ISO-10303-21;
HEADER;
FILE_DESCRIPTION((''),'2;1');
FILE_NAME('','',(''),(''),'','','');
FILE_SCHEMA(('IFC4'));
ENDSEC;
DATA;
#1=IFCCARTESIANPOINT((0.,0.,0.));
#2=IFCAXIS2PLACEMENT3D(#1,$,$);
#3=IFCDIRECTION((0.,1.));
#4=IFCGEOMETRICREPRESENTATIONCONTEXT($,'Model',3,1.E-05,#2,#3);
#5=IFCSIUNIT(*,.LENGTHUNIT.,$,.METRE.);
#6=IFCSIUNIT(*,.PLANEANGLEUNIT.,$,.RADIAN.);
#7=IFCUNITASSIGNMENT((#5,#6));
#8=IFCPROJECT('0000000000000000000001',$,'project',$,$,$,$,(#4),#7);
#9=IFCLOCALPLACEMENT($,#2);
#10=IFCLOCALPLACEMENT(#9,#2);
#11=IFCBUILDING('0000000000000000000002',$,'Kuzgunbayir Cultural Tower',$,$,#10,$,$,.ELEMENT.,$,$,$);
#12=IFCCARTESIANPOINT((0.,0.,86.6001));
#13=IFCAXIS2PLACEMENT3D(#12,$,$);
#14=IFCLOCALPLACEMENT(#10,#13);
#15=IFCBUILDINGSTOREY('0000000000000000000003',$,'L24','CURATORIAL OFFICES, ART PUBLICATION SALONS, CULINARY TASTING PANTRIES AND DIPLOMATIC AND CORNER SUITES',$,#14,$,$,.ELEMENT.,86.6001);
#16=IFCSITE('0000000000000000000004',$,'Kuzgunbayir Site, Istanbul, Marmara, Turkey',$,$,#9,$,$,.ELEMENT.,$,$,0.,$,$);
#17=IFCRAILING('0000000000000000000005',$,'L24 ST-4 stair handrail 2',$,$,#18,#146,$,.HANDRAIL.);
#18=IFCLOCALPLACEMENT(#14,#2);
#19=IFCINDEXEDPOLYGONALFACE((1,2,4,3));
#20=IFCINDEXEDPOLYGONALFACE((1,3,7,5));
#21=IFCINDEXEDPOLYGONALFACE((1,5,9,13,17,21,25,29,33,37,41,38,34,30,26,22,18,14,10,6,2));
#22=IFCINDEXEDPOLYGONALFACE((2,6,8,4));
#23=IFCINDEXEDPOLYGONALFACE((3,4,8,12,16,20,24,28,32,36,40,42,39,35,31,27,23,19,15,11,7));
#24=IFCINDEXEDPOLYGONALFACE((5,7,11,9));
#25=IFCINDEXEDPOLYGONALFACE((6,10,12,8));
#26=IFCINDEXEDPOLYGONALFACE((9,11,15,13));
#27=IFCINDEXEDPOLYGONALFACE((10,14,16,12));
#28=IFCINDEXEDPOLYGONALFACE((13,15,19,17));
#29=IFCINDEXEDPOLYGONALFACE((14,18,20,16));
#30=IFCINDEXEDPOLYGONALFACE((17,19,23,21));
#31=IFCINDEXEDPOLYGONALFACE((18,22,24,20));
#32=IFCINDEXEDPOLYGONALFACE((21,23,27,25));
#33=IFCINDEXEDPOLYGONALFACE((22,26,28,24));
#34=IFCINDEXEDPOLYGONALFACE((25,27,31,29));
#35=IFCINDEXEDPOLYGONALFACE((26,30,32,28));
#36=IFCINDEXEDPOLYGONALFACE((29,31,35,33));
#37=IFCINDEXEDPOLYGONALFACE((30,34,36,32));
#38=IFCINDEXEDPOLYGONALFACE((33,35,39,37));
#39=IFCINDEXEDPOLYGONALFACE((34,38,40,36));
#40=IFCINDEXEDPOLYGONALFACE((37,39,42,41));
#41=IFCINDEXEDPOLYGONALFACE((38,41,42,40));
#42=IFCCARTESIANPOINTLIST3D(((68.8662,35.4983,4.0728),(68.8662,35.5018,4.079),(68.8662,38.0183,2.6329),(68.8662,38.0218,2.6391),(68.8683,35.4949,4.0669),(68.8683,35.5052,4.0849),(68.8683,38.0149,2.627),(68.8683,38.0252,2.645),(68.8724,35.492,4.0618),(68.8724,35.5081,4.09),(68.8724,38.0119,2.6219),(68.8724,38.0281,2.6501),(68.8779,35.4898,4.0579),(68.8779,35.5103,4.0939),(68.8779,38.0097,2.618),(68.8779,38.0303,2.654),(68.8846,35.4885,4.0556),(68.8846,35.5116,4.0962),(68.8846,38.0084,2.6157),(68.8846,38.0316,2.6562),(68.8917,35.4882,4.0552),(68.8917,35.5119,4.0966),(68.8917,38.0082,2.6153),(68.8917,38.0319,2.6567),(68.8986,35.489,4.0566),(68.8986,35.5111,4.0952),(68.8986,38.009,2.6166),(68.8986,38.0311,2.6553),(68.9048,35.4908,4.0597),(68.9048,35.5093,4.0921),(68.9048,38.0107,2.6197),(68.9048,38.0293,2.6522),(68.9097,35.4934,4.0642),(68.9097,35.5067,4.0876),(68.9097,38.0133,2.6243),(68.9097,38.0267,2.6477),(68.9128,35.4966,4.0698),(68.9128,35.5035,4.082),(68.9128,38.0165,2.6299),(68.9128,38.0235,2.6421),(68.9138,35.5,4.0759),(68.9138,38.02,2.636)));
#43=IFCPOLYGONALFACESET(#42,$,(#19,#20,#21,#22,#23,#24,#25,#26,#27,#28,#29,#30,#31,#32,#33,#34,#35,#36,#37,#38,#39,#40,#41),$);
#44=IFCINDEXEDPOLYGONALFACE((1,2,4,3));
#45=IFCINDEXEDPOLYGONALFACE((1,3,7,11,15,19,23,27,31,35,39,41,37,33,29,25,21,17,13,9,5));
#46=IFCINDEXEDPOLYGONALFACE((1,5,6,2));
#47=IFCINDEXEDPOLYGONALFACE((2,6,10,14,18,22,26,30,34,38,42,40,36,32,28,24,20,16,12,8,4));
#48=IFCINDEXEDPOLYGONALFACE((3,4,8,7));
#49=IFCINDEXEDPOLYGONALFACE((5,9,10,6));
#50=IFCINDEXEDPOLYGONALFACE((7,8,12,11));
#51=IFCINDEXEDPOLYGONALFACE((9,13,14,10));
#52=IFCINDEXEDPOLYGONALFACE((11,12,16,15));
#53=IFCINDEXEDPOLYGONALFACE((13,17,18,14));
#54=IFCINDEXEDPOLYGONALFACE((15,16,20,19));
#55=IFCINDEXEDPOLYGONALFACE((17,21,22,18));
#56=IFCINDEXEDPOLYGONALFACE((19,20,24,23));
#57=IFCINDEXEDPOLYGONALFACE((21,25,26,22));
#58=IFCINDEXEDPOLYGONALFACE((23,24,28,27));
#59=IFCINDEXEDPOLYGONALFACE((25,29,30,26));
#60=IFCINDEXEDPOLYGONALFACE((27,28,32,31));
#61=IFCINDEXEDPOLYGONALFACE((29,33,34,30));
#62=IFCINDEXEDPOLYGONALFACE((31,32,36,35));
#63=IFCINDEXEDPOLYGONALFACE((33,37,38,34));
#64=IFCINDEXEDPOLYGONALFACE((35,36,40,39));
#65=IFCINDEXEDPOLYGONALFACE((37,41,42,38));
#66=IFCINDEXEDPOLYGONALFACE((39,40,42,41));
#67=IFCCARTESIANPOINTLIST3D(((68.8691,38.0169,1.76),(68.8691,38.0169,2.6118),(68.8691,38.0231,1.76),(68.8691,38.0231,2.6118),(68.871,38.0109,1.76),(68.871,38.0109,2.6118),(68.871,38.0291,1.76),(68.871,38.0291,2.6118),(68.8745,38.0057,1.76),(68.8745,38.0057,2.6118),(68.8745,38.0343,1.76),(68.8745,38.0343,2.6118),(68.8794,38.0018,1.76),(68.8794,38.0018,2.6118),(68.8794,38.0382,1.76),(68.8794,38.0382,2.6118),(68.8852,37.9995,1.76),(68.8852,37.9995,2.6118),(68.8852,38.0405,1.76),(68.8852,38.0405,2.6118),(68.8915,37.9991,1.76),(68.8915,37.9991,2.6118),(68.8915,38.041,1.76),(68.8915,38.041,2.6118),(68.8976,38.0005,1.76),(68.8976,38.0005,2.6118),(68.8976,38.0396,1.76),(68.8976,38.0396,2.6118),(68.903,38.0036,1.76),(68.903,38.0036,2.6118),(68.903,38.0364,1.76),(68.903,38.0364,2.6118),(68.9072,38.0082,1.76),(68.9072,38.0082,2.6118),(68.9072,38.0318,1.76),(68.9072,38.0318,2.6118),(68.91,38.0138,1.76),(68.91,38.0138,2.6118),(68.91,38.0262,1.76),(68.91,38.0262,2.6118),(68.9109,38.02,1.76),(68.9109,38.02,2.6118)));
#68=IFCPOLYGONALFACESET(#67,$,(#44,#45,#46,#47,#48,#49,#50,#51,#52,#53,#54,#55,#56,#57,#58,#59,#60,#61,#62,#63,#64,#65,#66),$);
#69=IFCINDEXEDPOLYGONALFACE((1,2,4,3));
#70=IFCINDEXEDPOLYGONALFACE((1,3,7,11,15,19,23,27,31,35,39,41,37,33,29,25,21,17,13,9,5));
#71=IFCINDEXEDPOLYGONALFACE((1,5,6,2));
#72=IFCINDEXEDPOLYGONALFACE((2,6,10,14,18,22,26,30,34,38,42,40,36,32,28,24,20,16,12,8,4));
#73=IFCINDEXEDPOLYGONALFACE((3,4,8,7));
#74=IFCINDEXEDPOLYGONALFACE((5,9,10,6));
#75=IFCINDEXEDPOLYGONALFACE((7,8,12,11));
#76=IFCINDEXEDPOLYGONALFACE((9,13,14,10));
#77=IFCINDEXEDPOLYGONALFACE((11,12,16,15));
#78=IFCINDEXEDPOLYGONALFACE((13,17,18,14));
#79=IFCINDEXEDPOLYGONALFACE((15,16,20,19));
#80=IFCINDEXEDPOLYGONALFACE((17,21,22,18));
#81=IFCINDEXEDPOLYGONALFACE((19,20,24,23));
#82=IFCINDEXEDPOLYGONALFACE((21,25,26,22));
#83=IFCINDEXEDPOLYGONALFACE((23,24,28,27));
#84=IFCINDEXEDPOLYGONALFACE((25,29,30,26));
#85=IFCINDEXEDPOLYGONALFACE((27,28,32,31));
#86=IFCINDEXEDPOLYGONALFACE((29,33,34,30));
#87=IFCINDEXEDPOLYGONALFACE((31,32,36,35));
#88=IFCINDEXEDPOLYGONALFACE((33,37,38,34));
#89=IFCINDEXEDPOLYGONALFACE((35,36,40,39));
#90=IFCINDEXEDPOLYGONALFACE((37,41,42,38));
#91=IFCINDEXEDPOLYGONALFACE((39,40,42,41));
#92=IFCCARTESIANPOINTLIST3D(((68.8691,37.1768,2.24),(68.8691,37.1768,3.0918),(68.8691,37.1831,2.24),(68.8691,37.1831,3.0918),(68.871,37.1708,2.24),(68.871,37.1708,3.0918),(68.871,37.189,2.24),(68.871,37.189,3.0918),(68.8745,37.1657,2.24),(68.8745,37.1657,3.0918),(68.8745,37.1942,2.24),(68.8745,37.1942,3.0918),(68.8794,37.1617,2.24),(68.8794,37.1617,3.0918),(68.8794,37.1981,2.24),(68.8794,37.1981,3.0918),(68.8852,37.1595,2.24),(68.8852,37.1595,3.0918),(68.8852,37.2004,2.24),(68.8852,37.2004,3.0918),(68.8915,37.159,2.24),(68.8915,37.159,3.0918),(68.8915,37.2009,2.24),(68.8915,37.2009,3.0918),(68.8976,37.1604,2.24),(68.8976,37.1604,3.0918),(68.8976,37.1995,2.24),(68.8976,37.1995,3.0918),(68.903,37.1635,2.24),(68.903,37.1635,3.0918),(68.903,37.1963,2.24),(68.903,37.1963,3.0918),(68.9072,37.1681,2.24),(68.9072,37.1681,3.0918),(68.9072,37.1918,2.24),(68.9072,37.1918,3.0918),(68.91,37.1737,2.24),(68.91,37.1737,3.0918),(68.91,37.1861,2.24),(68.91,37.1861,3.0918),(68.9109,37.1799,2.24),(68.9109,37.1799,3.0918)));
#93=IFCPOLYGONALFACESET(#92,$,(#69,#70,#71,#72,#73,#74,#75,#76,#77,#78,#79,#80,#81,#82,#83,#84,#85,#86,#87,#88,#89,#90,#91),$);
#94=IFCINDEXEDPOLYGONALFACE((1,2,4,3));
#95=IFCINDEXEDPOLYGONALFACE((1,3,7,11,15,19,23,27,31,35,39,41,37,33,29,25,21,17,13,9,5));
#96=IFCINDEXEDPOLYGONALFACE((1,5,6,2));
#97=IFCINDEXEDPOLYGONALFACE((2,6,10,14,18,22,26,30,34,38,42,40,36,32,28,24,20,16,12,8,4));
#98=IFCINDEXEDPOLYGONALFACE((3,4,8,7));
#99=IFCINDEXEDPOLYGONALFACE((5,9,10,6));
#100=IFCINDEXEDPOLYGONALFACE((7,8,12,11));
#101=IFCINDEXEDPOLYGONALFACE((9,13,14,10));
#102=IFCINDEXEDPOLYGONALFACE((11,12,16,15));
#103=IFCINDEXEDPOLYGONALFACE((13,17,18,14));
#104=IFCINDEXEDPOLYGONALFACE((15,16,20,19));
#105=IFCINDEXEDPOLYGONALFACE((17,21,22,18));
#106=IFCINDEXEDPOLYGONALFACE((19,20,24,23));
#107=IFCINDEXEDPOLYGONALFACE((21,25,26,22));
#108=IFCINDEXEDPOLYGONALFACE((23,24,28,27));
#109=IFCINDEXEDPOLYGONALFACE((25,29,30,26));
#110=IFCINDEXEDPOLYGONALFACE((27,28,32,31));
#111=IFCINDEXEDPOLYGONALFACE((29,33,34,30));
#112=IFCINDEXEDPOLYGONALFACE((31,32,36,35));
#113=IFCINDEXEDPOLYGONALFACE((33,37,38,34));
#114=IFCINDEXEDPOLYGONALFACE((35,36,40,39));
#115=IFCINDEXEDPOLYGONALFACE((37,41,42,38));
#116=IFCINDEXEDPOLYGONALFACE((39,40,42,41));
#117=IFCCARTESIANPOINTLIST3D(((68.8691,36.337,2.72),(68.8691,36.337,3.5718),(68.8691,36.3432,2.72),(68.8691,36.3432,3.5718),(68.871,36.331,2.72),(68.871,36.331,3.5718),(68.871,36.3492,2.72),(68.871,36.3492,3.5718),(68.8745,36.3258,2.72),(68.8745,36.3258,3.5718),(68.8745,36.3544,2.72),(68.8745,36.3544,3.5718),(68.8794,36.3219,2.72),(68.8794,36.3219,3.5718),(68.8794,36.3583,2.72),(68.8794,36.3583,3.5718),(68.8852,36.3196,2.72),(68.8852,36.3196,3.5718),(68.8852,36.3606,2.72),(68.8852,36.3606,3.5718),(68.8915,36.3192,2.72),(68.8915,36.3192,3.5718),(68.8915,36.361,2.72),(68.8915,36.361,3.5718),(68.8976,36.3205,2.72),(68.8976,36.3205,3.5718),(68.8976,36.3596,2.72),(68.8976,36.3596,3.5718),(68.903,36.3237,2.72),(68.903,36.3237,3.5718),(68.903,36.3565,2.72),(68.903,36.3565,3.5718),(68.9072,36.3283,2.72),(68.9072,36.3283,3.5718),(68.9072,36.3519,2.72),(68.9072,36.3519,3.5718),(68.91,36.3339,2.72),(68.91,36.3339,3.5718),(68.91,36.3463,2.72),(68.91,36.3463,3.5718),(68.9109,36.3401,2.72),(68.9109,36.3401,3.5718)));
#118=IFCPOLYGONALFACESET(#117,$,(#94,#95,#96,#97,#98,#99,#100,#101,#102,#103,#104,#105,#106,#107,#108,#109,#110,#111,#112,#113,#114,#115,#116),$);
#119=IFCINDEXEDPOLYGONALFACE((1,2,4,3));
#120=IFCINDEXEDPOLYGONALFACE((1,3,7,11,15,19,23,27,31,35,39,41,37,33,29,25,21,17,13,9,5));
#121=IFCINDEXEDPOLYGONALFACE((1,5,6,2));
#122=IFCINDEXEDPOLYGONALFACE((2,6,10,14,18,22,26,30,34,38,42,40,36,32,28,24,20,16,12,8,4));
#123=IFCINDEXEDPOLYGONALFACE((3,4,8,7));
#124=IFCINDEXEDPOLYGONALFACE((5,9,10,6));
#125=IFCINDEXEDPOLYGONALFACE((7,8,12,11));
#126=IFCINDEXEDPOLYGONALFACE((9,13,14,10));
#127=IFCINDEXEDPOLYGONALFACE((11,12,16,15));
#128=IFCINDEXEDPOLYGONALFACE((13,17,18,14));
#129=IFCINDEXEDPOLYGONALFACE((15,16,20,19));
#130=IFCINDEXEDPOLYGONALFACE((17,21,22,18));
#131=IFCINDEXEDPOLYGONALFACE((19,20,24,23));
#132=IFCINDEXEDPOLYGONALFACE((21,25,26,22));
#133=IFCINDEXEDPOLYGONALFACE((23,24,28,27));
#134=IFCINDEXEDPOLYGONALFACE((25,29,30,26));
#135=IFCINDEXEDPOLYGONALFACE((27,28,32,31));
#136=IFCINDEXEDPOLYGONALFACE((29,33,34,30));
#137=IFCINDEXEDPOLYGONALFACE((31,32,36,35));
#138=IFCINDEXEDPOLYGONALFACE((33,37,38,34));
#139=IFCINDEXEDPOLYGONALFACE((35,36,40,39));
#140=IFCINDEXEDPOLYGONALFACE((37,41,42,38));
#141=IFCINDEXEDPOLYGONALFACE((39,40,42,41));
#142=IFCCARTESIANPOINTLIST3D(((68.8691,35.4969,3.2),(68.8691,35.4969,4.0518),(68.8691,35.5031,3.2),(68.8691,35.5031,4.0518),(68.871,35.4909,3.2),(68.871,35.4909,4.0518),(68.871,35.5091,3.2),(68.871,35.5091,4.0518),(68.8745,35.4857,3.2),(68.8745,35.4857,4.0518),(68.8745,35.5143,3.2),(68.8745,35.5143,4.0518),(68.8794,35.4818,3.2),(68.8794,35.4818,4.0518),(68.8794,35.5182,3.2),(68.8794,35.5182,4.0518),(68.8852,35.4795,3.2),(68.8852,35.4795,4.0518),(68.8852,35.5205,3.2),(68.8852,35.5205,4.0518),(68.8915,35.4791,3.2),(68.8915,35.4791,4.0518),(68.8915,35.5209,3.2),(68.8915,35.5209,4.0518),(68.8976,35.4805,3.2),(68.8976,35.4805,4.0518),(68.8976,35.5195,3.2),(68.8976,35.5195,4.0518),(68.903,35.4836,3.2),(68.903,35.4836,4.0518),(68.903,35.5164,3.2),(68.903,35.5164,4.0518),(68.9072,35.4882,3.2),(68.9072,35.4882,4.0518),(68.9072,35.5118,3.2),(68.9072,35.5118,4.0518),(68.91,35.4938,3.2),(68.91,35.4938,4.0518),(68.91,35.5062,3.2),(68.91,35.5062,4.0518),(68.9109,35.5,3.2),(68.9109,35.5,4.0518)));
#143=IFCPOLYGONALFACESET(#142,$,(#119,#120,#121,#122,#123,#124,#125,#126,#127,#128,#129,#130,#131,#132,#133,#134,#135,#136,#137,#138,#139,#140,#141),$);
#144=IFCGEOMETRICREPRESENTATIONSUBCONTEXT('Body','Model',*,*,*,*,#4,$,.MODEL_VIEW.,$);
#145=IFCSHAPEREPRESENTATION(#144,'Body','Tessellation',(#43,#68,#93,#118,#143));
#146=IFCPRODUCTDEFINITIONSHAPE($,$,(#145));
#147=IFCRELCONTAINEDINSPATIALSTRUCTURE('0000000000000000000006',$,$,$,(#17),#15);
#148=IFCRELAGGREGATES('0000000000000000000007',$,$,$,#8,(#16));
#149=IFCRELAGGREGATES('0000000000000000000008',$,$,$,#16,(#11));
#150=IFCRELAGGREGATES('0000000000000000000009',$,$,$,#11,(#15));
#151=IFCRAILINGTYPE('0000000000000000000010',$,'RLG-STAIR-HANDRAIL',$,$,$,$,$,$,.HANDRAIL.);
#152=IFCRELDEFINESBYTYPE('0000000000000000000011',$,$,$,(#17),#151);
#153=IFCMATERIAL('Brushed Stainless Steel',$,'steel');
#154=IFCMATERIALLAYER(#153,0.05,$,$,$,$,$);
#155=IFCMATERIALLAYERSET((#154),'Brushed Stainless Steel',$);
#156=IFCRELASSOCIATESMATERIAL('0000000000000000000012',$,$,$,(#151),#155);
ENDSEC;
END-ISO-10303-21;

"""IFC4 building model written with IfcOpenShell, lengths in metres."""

from ifc_helpers import new_model, si_unit, direction, frame, origin, origin_2d, place, context, subcontext, project, spatial, circle, extrude, material, layer, layer_set, type_object, element, save


model = new_model("IFC4")

# Units and contexts
model_context = context("Model", 3, precision=1e-05, world=origin(), true_north=direction((0.0, 1.0)))
body_context = subcontext(model_context, "Body", "Model", "MODEL_VIEW")
ifc_project = project(units=[si_unit("LENGTHUNIT", "METRE"), si_unit("PLANEANGLEUNIT", "RADIAN")], contexts=[model_context])

# Site, building, storey
site_placement = place(None, origin())
site = spatial("IfcSite", under=ifc_project, at=site_placement, Name="Kuzgunbayir Site, Istanbul, Marmara, Turkey", CompositionType="ELEMENT", RefElevation=0.0)
building_placement = place(site_placement, origin())
building = spatial("IfcBuilding", under=site, at=building_placement, Name="Kuzgunbayir Cultural Tower", CompositionType="ELEMENT")
storey_placement = place(building_placement, frame((0.0, 0.0, 86.6001)))
storey = spatial("IfcBuildingStorey", under=building, at=storey_placement, Name="L24", Description="CURATORIAL OFFICES, ART PUBLICATION SALONS, CULINARY TASTING PANTRIES AND DIPLOMATIC AND CORNER SUITES", CompositionType="ELEMENT", Elevation=86.6001)

# Shared definitions
ifc_material_1 = material(Name="Brushed Stainless Steel", Category="steel")

# Railing
ifc_layer_1 = layer(ifc_material_1, 0.05)
ifc_layer_set_1 = layer_set([ifc_layer_1], Name="Brushed Stainless Steel")
railing_type = type_object("IfcRailingType", Name="RLG-STAIR-HANDRAIL", PredefinedType="HANDRAIL", material=ifc_layer_set_1)
railing_placement = place(storey_placement, frame((68.8899, 38.02, 1.76)))
element("IfcRailing", 1, at=railing_placement, inside=storey, type_object=railing_type, Name="L24 ST-4 stair handrail 2", PredefinedType="HANDRAIL", context=body_context, shape_type="SweptSolid", body=[
    extrude(circle(Radius=0.0239, at=origin_2d()), frame((0.0, 0.0, 0.876), z_axis=(0.0, -0.868253, 0.496121), x_axis=(1.0, 0.0, 0.0)), (0.0, 0.0, 1.0), 2.9023),
    extrude(circle(Radius=0.021, at=origin_2d()), origin(), (0.0, 0.0, 1.0), 0.8518),
    extrude(circle(Radius=0.021, at=origin_2d()), frame((0.0, -0.8401, 0.48)), (0.0, 0.0, 1.0), 0.8518),
    extrude(circle(Radius=0.021, at=origin_2d()), frame((0.0, -1.6799, 0.96)), (0.0, 0.0, 1.0), 0.8518),
    extrude(circle(Radius=0.021, at=origin_2d()), frame((0.0, -2.52, 1.4399)), (0.0, 0.0, 1.0), 0.8518),
])

save(model, "model.ifc")
